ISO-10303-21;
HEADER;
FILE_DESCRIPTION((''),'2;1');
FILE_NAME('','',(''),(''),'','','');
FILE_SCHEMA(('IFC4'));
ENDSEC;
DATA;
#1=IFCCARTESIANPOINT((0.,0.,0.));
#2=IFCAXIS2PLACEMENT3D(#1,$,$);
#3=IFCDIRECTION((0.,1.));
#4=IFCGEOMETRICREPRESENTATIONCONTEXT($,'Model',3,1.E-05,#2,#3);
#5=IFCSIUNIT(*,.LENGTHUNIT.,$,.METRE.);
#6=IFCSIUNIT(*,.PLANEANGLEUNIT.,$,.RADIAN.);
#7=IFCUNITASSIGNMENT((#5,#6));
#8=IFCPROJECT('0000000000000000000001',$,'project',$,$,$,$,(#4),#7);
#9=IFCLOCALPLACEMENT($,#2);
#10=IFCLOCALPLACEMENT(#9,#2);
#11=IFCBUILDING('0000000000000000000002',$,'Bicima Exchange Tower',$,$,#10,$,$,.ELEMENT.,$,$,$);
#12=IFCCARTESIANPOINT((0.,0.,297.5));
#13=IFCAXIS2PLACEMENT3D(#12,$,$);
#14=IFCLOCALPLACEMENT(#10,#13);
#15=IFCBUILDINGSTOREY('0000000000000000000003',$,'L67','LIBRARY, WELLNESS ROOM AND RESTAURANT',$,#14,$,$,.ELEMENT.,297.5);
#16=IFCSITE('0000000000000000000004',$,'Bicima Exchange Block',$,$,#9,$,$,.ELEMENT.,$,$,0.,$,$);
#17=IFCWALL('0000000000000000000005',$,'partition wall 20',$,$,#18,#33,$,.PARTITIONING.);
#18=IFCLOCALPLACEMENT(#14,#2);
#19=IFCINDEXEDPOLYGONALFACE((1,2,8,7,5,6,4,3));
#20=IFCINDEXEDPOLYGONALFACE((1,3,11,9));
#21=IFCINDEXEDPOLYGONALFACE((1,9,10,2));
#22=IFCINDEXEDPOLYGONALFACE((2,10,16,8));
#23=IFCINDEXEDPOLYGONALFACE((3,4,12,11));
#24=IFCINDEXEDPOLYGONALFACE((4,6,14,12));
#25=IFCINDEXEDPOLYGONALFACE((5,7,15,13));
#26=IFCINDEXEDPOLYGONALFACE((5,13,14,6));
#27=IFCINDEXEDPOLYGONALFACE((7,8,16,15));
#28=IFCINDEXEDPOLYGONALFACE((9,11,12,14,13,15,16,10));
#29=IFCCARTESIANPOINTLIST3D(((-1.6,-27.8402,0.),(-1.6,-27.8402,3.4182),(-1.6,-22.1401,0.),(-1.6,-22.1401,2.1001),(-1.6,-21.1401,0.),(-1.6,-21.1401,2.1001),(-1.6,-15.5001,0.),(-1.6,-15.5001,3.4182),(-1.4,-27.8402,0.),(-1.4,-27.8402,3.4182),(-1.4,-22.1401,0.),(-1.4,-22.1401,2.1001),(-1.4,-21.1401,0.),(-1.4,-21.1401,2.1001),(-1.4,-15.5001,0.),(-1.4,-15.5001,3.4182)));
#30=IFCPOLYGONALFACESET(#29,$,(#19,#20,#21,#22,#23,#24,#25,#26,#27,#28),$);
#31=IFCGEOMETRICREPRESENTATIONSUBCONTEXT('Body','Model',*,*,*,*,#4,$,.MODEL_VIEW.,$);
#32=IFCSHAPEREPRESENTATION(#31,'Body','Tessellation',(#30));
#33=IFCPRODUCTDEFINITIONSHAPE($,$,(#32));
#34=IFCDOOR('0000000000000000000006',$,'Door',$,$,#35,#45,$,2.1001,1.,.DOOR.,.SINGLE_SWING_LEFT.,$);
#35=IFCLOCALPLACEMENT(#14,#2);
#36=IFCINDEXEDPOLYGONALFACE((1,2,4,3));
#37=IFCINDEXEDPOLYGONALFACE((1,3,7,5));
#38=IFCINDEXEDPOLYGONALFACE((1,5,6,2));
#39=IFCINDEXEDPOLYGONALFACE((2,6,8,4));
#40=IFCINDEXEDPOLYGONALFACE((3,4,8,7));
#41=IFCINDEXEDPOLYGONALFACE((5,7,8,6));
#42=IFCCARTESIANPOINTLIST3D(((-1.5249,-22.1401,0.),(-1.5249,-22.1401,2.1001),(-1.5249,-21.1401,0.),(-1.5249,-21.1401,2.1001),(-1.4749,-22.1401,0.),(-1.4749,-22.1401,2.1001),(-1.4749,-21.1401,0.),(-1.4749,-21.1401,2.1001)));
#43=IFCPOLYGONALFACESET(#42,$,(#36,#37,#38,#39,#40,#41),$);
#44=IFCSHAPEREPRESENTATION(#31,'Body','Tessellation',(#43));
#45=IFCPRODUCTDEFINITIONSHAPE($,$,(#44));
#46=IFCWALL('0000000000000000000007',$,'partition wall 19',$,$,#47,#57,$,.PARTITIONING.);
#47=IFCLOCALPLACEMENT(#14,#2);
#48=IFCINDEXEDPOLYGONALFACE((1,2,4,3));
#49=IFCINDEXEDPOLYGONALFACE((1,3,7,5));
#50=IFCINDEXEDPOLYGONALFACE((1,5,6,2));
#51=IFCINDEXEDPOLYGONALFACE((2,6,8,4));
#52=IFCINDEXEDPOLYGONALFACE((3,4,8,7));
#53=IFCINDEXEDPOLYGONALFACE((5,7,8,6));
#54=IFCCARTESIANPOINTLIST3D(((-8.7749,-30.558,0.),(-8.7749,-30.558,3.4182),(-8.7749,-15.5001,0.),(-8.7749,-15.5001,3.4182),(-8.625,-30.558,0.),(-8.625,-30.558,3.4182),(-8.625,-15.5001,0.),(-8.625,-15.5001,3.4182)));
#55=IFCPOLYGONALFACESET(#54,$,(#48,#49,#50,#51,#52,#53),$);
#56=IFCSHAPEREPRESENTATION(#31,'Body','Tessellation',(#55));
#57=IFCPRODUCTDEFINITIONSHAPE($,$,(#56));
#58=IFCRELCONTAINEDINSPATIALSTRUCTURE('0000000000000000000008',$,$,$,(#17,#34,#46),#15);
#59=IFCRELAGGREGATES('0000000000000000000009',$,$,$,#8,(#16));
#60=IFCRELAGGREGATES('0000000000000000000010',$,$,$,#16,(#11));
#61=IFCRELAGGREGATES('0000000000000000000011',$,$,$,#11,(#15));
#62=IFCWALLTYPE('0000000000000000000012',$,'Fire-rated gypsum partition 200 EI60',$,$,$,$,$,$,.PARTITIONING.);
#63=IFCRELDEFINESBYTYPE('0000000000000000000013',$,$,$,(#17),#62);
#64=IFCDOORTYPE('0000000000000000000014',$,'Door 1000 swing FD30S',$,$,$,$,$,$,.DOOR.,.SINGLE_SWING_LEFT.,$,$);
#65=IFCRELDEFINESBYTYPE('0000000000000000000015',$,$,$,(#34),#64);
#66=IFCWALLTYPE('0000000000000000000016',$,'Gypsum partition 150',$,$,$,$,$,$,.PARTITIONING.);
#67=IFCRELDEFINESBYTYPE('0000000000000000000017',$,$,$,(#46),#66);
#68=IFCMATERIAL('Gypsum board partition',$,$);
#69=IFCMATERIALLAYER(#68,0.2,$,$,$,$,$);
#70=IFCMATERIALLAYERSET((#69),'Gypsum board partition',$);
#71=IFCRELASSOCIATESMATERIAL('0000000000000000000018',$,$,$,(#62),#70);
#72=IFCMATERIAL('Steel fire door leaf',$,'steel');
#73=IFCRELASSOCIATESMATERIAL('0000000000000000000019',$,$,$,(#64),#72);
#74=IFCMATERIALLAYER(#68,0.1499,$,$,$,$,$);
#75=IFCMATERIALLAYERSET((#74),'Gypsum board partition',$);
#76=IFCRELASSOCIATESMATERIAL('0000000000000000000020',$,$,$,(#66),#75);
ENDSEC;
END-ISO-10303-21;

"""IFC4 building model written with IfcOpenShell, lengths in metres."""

from ifc_helpers import new_model, si_unit, direction, frame, frame_2d, origin, place, context, subcontext, project, spatial, rectangle, extrude, material, layer, layer_set, type_object, element, fill, save


model = new_model("IFC4")

# Units and contexts
model_context = context("Model", 3, precision=1e-05, world=origin(), true_north=direction((0.0, 1.0)))
body_context = subcontext(model_context, "Body", "Model", "MODEL_VIEW")
ifc_project = project(units=[si_unit("LENGTHUNIT", "METRE"), si_unit("PLANEANGLEUNIT", "RADIAN")], contexts=[model_context])

# Site, building, storey
site_placement = place(None, origin())
site = spatial("IfcSite", under=ifc_project, at=site_placement, Name="Bicima Exchange Block", CompositionType="ELEMENT", RefElevation=0.0)
building_placement = place(site_placement, origin())
building = spatial("IfcBuilding", under=site, at=building_placement, Name="Bicima Exchange Tower", CompositionType="ELEMENT")
storey_placement = place(building_placement, frame((0.0, 0.0, 297.5)))
storey = spatial("IfcBuildingStorey", under=building, at=storey_placement, Name="L67", Description="LIBRARY, WELLNESS ROOM AND RESTAURANT", CompositionType="ELEMENT", Elevation=297.5)

# Wall, opening, door
ifc_material_1 = material(Name="Gypsum board partition")
ifc_layer_1 = layer(ifc_material_1, 0.2)
ifc_layer_set_1 = layer_set([ifc_layer_1], Name="Gypsum board partition")
wall_type_1 = type_object("IfcWallType", Name="Fire-rated gypsum partition 200 EI60", PredefinedType="PARTITIONING", material=ifc_layer_set_1)
wall_1_placement = place(storey_placement, frame((-1.5, -27.8401, 0.0), z_axis=(0.0, 0.0, 1.0), x_axis=(0.0, 1.0, 0.0)))
wall_1 = element("IfcWall", 1, at=wall_1_placement, inside=storey, type_object=wall_type_1, Name="partition wall 20", PredefinedType="PARTITIONING", context=body_context, shape_type="SweptSolid", body=[
    extrude(rectangle(XDim=12.3401, YDim=0.2, at=frame_2d((6.1699, 0.0))), origin(), (0.0, 0.0, 1.0), 3.4182),
])
opening_placement = place(wall_1_placement, frame((5.7, 0.0, 0.0)))
opening = element("IfcOpeningElement", 2, at=opening_placement, cuts=wall_1, PredefinedType="OPENING", context=body_context, shape_type="SweptSolid", body=[
    extrude(rectangle(XDim=1.0, YDim=2.1001, at=frame_2d((0.5, 1.05))), frame((0.0, 0.1118, 0.0), z_axis=(0.0, -1.0, 0.0), x_axis=(1.0, 0.0, 0.0)), (0.0, 0.0, 1.0), 0.2239),
])
ifc_material_2 = material(Name="Steel fire door leaf", Category="steel")
door_type = type_object("IfcDoorType", Name="Door 1000 swing FD30S", OperationType="SINGLE_SWING_LEFT", PredefinedType="DOOR", material=ifc_material_2)
door_placement = place(opening_placement, origin())
door = element("IfcDoor", 3, at=door_placement, inside=storey, type_object=door_type, Name="Door", OperationType="SINGLE_SWING_LEFT", OverallHeight=2.1001, OverallWidth=1.0, PredefinedType="DOOR", context=body_context, shape_type="SweptSolid", body=[
    extrude(rectangle(XDim=1.0, YDim=2.1001, at=frame_2d((0.5, 1.05))), frame((0.0, 0.0249, 0.0), z_axis=(0.0, -1.0, 0.0), x_axis=(1.0, 0.0, 0.0)), (0.0, 0.0, 1.0), 0.05),
])
fill(opening, door)

# Wall
ifc_layer_2 = layer(ifc_material_1, 0.1499)
ifc_layer_set_2 = layer_set([ifc_layer_2], Name="Gypsum board partition")
wall_type_2 = type_object("IfcWallType", Name="Gypsum partition 150", PredefinedType="PARTITIONING", material=ifc_layer_set_2)
wall_2_placement = place(storey_placement, frame((-8.7, -30.5579, 0.0), z_axis=(0.0, 0.0, 1.0), x_axis=(0.0, 1.0, 0.0)))
element("IfcWall", 4, at=wall_2_placement, inside=storey, type_object=wall_type_2, Name="partition wall 19", PredefinedType="PARTITIONING", context=body_context, shape_type="SweptSolid", body=[
    extrude(rectangle(XDim=15.0579, YDim=0.1499, at=frame_2d((7.5288, 0.0))), origin(), (0.0, 0.0, 1.0), 3.4182),
])

save(model, "model.ifc")
